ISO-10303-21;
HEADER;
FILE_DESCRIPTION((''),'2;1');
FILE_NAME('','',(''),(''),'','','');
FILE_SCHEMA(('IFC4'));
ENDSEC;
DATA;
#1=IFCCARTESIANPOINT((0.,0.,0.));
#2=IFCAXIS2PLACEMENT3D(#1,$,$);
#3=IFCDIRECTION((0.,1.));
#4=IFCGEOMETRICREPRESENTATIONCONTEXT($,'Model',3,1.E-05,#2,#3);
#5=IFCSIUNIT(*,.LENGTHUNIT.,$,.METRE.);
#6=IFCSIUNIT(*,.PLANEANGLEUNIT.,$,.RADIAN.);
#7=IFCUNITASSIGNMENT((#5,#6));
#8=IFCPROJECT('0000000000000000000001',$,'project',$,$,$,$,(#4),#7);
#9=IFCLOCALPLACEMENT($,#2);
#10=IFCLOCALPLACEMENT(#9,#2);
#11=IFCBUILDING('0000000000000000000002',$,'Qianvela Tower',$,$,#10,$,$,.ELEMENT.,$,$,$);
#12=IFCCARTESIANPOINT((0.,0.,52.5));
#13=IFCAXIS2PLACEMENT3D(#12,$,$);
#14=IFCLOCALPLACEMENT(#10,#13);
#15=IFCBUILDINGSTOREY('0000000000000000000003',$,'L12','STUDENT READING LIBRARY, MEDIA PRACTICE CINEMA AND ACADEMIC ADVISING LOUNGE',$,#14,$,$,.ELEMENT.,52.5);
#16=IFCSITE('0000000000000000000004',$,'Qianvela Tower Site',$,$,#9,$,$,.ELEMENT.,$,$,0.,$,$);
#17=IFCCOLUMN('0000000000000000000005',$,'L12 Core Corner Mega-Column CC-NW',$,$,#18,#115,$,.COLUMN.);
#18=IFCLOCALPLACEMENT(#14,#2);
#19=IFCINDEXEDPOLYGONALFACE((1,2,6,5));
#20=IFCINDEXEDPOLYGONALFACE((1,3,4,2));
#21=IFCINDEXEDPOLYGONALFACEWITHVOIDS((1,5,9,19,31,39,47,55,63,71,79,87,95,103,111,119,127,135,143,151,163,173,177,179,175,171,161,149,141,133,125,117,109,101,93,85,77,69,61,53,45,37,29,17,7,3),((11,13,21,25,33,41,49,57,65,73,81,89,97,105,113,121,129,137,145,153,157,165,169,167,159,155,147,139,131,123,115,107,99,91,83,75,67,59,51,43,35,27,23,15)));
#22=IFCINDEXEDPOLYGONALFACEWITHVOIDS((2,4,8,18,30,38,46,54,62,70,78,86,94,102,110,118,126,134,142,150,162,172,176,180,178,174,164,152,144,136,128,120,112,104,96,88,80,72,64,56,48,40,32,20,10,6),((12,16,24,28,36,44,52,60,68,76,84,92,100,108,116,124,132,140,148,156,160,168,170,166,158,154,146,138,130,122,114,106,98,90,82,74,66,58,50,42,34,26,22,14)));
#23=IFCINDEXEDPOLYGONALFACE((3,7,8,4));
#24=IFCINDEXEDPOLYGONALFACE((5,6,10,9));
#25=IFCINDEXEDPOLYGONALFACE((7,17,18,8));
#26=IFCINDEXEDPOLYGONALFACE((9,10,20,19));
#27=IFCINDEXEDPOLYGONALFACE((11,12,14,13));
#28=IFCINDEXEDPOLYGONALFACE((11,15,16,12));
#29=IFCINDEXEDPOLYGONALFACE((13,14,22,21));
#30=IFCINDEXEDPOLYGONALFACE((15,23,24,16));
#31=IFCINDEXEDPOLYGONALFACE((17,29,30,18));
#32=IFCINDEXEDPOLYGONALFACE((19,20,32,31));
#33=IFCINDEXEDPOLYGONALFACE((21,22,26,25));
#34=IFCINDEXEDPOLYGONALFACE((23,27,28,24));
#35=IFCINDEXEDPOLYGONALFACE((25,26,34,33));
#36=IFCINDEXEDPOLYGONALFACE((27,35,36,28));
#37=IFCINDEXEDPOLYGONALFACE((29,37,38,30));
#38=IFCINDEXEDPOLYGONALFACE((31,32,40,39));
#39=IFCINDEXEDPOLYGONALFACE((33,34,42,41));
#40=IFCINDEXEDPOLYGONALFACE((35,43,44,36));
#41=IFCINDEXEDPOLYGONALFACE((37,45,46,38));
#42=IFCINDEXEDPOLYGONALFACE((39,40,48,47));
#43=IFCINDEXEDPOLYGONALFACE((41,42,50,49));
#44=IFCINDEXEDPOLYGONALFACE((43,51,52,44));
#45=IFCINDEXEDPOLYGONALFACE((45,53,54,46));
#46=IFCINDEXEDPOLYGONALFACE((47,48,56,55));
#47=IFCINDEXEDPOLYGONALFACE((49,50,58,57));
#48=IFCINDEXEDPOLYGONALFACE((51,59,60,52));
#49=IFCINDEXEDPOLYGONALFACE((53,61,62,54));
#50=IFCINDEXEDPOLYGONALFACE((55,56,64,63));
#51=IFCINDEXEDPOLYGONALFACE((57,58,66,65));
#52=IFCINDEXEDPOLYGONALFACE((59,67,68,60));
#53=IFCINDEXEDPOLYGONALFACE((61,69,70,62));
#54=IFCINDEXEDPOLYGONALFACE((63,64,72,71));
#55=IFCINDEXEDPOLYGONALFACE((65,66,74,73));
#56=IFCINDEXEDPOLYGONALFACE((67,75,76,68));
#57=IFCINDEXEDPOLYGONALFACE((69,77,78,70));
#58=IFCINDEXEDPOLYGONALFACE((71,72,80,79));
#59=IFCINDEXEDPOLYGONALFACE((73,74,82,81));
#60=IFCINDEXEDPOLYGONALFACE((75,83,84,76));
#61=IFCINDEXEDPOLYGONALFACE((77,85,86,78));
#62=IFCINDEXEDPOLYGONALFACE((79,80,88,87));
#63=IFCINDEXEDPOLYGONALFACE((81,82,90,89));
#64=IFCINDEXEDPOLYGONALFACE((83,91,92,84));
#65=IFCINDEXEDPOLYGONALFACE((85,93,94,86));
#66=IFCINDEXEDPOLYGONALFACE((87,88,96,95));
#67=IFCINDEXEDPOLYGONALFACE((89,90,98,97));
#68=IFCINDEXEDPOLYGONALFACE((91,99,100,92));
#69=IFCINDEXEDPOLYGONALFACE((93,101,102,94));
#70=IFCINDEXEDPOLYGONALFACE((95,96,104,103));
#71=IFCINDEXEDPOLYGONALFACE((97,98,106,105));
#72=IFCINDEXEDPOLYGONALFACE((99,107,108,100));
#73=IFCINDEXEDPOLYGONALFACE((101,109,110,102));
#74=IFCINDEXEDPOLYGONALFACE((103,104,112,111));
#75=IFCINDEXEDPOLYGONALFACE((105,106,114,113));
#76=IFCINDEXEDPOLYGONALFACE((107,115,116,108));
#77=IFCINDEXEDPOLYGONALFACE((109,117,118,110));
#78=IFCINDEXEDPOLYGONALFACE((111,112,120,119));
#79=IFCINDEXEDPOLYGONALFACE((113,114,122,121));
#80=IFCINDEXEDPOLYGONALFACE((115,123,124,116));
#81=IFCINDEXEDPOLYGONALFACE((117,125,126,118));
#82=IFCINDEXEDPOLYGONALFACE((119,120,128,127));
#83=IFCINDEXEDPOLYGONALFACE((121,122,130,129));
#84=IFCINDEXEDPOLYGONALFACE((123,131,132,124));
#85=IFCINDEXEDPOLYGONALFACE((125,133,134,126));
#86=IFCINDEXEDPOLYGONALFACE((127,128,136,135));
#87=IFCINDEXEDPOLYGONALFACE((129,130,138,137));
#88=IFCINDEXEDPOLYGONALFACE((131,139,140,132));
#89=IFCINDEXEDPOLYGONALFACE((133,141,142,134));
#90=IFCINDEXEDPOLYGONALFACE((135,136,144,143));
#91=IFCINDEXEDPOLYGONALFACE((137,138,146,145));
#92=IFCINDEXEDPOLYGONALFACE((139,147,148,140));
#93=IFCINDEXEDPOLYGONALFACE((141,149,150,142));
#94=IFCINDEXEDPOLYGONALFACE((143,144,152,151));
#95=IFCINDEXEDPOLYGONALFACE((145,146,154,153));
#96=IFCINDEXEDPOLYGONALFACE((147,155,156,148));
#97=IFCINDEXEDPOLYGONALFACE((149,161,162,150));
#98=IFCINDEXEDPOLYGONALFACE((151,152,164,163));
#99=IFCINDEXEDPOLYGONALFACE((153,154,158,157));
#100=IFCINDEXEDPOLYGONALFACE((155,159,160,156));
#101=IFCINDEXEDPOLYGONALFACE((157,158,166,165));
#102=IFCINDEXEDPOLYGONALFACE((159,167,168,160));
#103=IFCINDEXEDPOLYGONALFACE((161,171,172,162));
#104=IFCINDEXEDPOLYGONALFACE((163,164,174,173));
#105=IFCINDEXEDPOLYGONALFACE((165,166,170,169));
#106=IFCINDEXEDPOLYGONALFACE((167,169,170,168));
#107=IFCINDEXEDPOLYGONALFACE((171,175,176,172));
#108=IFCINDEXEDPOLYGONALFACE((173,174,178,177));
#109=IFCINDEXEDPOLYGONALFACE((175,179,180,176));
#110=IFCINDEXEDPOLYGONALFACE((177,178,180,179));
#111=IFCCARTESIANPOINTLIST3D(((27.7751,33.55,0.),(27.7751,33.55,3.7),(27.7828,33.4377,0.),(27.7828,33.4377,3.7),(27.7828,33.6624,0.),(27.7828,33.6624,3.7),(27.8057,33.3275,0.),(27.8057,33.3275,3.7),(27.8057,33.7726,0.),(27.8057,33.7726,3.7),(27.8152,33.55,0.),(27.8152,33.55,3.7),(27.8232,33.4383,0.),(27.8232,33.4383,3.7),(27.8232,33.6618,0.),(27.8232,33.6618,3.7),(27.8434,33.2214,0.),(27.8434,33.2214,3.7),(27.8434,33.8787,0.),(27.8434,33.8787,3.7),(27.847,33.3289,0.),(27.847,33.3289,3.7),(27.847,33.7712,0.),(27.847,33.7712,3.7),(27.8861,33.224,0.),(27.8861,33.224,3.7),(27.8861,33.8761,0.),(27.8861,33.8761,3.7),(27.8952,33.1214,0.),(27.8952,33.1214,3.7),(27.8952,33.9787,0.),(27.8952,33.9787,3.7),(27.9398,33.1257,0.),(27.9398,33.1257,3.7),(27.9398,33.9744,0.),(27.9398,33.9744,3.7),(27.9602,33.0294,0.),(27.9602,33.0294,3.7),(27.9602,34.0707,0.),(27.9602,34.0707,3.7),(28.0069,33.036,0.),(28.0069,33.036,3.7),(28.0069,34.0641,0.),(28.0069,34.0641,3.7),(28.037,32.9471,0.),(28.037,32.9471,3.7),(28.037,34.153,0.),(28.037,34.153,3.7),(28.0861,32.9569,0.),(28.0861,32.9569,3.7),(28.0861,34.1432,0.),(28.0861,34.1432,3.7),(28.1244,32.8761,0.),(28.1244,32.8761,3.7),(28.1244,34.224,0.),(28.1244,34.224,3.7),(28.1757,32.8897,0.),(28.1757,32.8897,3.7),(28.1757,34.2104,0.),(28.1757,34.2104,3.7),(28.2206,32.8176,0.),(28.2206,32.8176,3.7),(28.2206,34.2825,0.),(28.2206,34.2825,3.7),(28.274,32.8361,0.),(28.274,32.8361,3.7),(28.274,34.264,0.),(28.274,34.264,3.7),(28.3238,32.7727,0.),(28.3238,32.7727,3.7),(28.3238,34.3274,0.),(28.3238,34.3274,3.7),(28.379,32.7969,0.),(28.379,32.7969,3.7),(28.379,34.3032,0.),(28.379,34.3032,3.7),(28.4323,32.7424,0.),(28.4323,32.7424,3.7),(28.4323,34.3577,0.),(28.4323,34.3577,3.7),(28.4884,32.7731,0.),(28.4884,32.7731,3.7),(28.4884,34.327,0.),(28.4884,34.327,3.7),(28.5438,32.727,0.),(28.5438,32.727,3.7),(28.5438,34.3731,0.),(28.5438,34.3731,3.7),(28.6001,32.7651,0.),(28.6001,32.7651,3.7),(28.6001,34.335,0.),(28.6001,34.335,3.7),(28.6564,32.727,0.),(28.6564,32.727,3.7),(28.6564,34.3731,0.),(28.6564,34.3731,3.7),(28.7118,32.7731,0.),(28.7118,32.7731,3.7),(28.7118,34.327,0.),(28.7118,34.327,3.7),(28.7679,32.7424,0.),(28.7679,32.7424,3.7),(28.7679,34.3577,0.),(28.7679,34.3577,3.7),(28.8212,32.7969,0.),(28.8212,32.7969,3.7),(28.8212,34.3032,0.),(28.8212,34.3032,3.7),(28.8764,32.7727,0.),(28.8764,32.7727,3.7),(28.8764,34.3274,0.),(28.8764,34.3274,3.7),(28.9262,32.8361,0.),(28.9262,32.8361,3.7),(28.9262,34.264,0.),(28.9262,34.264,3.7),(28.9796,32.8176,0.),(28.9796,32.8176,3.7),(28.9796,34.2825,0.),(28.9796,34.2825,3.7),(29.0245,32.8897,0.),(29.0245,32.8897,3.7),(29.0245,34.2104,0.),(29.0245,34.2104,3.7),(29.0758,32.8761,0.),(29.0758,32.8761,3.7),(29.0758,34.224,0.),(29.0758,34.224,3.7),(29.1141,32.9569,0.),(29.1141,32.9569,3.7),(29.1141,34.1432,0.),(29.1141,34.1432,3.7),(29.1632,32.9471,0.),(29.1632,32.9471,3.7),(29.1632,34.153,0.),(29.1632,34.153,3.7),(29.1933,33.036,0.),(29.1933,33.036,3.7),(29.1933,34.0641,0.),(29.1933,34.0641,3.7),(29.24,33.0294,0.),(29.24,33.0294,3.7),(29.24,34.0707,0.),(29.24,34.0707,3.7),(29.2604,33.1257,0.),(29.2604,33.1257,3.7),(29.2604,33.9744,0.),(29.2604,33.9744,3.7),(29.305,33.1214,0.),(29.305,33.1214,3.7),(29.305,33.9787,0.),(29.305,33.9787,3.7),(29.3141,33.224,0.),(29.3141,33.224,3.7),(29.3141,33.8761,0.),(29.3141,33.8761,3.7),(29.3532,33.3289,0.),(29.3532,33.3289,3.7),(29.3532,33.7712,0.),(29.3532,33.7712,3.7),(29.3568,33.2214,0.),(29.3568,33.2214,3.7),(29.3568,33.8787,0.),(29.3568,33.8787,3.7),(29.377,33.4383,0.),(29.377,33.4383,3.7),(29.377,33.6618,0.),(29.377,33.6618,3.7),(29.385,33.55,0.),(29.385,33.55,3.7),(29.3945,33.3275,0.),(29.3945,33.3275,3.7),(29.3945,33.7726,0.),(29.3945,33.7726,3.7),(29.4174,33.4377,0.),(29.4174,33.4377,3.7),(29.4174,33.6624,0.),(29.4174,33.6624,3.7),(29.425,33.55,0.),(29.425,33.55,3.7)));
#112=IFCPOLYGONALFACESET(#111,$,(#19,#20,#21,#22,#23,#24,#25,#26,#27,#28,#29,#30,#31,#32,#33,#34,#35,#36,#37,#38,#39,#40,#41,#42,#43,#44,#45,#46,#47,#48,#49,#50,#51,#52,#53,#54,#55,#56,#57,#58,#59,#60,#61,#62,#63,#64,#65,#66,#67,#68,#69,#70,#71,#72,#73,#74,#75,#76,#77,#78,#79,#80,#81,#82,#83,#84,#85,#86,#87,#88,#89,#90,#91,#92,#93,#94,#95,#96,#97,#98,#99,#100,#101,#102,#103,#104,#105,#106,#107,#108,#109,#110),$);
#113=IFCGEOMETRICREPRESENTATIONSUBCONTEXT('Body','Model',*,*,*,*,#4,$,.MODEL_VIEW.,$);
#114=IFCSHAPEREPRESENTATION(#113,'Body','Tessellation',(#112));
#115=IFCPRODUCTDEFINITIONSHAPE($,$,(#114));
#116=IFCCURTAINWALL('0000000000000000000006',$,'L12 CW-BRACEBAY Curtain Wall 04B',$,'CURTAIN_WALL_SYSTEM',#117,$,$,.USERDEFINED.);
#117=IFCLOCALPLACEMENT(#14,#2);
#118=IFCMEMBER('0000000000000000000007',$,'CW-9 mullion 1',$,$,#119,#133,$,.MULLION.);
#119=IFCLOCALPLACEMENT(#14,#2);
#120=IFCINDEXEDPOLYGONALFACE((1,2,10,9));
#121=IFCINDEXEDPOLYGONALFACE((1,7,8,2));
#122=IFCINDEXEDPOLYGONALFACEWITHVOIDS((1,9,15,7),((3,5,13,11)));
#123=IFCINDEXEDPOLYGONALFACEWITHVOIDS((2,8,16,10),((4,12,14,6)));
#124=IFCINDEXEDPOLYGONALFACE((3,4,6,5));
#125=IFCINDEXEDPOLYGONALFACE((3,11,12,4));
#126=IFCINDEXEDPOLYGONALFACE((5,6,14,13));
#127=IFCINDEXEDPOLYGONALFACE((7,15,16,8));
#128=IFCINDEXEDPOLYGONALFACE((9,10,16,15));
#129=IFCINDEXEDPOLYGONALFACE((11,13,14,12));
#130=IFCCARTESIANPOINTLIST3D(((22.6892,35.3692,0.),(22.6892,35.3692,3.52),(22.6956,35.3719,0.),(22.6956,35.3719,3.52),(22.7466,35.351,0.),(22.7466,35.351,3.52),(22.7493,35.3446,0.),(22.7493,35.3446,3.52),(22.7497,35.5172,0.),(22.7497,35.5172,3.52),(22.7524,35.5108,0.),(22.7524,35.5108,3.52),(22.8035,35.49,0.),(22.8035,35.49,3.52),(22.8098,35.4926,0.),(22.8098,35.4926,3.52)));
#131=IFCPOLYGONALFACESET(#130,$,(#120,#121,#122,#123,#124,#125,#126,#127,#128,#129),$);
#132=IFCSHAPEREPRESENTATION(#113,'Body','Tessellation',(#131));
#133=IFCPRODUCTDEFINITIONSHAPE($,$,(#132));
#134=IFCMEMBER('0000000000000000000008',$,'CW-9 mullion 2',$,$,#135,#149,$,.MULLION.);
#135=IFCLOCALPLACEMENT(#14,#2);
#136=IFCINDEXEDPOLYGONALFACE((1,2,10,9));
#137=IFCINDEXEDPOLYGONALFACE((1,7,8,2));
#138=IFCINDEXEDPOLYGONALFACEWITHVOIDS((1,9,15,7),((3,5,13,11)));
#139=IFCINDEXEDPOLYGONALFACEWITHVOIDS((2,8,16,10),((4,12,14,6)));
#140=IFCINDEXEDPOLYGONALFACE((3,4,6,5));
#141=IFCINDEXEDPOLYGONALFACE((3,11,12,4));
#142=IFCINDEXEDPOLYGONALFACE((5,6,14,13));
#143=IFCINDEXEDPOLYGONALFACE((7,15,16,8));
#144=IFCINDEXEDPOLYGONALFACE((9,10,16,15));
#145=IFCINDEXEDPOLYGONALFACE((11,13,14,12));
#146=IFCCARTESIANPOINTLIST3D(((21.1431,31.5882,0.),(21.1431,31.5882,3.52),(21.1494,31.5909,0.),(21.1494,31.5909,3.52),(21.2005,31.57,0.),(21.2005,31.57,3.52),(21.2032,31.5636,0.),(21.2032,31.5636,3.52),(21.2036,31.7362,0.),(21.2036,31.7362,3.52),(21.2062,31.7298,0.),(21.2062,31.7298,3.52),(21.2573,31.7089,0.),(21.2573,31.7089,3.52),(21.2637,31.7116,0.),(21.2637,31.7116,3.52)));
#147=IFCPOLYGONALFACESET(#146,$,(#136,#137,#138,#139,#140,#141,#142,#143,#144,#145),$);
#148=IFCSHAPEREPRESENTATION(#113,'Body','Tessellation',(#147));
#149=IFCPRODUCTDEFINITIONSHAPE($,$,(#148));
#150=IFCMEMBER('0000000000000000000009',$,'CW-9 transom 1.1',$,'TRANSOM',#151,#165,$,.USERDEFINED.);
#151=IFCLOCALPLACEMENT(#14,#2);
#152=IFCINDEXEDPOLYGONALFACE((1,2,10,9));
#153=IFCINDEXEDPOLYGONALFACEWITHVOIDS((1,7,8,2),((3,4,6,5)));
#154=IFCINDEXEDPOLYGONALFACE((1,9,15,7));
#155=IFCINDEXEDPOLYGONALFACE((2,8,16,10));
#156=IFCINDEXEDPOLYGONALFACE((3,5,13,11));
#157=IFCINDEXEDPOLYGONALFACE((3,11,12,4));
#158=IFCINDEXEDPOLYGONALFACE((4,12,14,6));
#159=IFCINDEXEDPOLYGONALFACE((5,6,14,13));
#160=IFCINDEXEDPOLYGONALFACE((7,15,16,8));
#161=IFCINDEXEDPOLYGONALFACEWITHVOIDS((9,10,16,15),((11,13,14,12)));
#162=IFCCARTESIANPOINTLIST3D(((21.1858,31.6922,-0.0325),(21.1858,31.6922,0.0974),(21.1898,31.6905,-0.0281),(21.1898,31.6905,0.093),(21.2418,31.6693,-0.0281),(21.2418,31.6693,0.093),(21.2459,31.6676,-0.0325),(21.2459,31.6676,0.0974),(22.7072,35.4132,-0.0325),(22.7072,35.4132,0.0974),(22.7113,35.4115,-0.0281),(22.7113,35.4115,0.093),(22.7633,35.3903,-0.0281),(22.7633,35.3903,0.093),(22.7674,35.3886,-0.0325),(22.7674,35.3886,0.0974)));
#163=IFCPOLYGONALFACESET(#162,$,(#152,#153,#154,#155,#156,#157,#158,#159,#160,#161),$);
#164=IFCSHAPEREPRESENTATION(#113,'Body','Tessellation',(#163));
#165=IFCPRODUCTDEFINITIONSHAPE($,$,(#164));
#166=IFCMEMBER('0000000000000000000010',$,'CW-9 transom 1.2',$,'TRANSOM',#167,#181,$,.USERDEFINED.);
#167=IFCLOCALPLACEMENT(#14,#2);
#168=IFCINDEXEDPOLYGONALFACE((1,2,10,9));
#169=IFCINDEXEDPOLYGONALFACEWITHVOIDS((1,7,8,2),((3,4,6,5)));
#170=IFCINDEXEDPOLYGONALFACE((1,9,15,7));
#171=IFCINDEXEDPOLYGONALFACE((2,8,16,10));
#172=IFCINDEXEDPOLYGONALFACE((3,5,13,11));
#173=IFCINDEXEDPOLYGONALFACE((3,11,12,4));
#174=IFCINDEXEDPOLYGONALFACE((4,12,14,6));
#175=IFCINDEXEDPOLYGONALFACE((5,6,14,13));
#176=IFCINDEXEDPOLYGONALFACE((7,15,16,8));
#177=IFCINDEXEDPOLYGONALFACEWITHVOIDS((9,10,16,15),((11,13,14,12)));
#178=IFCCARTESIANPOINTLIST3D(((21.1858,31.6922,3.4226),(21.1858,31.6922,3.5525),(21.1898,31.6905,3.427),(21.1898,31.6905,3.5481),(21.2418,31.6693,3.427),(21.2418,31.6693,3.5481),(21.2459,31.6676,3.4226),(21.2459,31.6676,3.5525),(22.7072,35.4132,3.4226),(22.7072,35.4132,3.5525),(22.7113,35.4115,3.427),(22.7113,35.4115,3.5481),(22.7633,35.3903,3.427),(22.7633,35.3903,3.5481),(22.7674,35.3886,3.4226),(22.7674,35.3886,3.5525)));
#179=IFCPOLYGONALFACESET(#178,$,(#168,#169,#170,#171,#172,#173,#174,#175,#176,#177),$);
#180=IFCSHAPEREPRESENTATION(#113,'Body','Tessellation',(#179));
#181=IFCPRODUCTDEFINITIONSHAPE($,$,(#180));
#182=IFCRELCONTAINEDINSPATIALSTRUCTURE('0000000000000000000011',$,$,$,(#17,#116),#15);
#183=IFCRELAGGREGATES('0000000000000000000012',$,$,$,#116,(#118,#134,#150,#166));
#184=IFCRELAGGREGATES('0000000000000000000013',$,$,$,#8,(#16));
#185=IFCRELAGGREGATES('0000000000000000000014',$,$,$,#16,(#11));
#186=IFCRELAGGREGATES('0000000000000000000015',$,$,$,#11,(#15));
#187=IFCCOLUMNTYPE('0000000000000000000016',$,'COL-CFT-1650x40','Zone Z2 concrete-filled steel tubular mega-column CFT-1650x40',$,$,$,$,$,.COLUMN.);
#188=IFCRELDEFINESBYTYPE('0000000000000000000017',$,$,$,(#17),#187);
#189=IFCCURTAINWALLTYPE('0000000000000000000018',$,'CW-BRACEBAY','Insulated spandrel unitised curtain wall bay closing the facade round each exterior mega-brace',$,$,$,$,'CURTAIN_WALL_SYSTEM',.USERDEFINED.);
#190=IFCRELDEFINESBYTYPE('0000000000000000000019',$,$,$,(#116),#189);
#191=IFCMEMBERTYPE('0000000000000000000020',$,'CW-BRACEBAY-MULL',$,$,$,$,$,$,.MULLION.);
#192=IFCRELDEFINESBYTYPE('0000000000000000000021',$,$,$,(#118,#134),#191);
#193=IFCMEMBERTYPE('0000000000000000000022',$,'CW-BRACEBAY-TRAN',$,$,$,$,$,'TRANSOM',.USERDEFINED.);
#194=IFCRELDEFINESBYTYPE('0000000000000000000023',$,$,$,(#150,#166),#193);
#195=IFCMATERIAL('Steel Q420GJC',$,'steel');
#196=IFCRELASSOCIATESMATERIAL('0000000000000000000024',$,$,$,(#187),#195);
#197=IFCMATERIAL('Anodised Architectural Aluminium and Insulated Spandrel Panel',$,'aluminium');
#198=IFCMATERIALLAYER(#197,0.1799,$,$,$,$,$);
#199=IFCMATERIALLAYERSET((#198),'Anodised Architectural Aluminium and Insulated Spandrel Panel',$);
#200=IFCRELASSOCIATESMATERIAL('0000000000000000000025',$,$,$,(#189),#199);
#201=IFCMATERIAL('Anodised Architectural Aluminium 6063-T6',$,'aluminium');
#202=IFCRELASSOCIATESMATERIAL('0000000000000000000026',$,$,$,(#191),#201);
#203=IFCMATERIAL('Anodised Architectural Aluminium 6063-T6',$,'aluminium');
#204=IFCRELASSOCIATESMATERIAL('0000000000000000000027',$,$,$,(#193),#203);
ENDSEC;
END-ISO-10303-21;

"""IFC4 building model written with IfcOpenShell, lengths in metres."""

from ifc_helpers import new_model, si_unit, direction, frame, origin, origin_2d, place, context, subcontext, project, spatial, hollow_rectangle, hollow_circle, extrude, material, layer, layer_set, material_profile, profile_set, type_object, element, aggregate, save


model = new_model("IFC4")

# Units and contexts
model_context = context("Model", 3, precision=1e-05, world=origin(), true_north=direction((0.0, 1.0)))
body_context = subcontext(model_context, "Body", "Model", "MODEL_VIEW")
ifc_project = project(units=[si_unit("LENGTHUNIT", "METRE"), si_unit("PLANEANGLEUNIT", "RADIAN")], contexts=[model_context])

# Site, building, storey
site_placement = place(None, origin())
site = spatial("IfcSite", under=ifc_project, at=site_placement, Name="Qianvela Tower Site", CompositionType="ELEMENT", RefElevation=0.0)
building_placement = place(site_placement, origin())
building = spatial("IfcBuilding", under=site, at=building_placement, Name="Qianvela Tower", CompositionType="ELEMENT")
storey_placement = place(building_placement, frame((0.0, 0.0, 52.5)))
storey = spatial("IfcBuildingStorey", under=building, at=storey_placement, Name="L12", Description="STUDENT READING LIBRARY, MEDIA PRACTICE CINEMA AND ACADEMIC ADVISING LOUNGE", CompositionType="ELEMENT", Elevation=52.5)

# Column
ifc_material_1 = material(Name="Steel Q420GJC", Category="steel")
ifc_material_profile_1 = material_profile(ifc_material_1, hollow_circle(Radius=0.825, WallThickness=0.04, at=origin_2d()), Name="CFT-1650x40")
ifc_profile_set_1 = profile_set([ifc_material_profile_1], Name="Steel Q420GJC")
column_type = type_object("IfcColumnType", Name="COL-CFT-1650x40", Description="Zone Z2 concrete-filled steel tubular mega-column CFT-1650x40", PredefinedType="COLUMN", material=ifc_profile_set_1)
column_placement = place(storey_placement, frame((28.6001, 33.55, 0.0), z_axis=(0.0, 0.0, 1.0), x_axis=(1.0, 0.0, 0.0)))
element("IfcColumn", 1, at=column_placement, inside=storey, type_object=column_type, Name="L12 Core Corner Mega-Column CC-NW", PredefinedType="COLUMN", context=body_context, shape_type="SweptSolid", body=[
    extrude(hollow_circle(Radius=0.825, WallThickness=0.04, at=origin_2d()), origin(), (0.0, 0.0, 1.0), 3.7),
])

# Curtain wall, members
ifc_material_2 = material(Name="Anodised Architectural Aluminium and Insulated Spandrel Panel", Category="aluminium")
ifc_layer_1 = layer(ifc_material_2, 0.1799)
ifc_layer_set_1 = layer_set([ifc_layer_1], Name="Anodised Architectural Aluminium and Insulated Spandrel Panel")
curtain_wall_type_1 = type_object("IfcCurtainWallType", Name="CW-BRACEBAY", Description="Insulated spandrel unitised curtain wall bay closing the facade round each exterior mega-brace", ElementType="CURTAIN_WALL_SYSTEM", PredefinedType="USERDEFINED", material=ifc_layer_set_1)
curtain_wall_1_placement = place(storey_placement, origin())
curtain_wall_1 = element("IfcCurtainWall", 2, at=curtain_wall_1_placement, inside=storey, type_object=curtain_wall_type_1, Name="L12 CW-BRACEBAY Curtain Wall 04B", ObjectType="CURTAIN_WALL_SYSTEM", PredefinedType="USERDEFINED")
ifc_material_3 = material(Name="Anodised Architectural Aluminium 6063-T6", Category="aluminium")
ifc_material_profile_2 = material_profile(ifc_material_3, hollow_rectangle(XDim=0.0649, YDim=0.1599, WallThickness=0.0049, at=origin_2d()), Name="ALU-MULL-65x160")
ifc_profile_set_2 = profile_set([ifc_material_profile_2], Name="Anodised Architectural Aluminium 6063-T6")
member_type_1 = type_object("IfcMemberType", Name="CW-BRACEBAY-MULL", PredefinedType="MULLION", material=ifc_profile_set_2)
member_1_placement = place(storey_placement, frame((22.7495, 35.4309, 0.0), z_axis=(0.0, 0.0, 1.0), x_axis=(0.925606, -0.378488, 0.0)))
member_1 = element("IfcMember", 3, at=member_1_placement, type_object=member_type_1, Name="CW-9 mullion 1", PredefinedType="MULLION", context=body_context, shape_type="SweptSolid", body=[
    extrude(hollow_rectangle(XDim=0.0649, YDim=0.1599, WallThickness=0.0049, at=origin_2d()), origin(), (0.0, 0.0, 1.0), 3.52),
])
member_2_placement = place(storey_placement, frame((21.2034, 31.6499, 0.0), z_axis=(0.0, 0.0, 1.0), x_axis=(0.925606, -0.378488, 0.0)))
member_2 = element("IfcMember", 4, at=member_2_placement, type_object=member_type_1, Name="CW-9 mullion 2", PredefinedType="MULLION", context=body_context, shape_type="SweptSolid", body=[
    extrude(hollow_rectangle(XDim=0.0649, YDim=0.1599, WallThickness=0.0049, at=origin_2d()), origin(), (0.0, 0.0, 1.0), 3.52),
])
ifc_material_4 = material(Name="Anodised Architectural Aluminium 6063-T6", Category="aluminium")
ifc_material_profile_3 = material_profile(ifc_material_4, hollow_rectangle(XDim=0.0649, YDim=0.1299, WallThickness=0.0044, at=origin_2d()), Name="ALU-TRAN-65x130")
ifc_profile_set_3 = profile_set([ifc_material_profile_3], Name="Anodised Architectural Aluminium 6063-T6")
member_type_2 = type_object("IfcMemberType", Name="CW-BRACEBAY-TRAN", ElementType="TRANSOM", PredefinedType="USERDEFINED", material=ifc_profile_set_3)
member_3_placement = place(storey_placement, frame((22.7373, 35.4009, 0.0325), z_axis=(-0.378479, -0.92561, 0.0), x_axis=(0.92561, -0.378479, 0.0)))
member_3 = element("IfcMember", 5, at=member_3_placement, type_object=member_type_2, Name="CW-9 transom 1.1", ObjectType="TRANSOM", PredefinedType="USERDEFINED", context=body_context, shape_type="SweptSolid", body=[
    extrude(hollow_rectangle(XDim=0.0649, YDim=0.1299, WallThickness=0.0044, at=origin_2d()), origin(), (0.0, 0.0, 1.0), 4.02),
])
member_4_placement = place(storey_placement, frame((22.7373, 35.4009, 3.4875), z_axis=(-0.378479, -0.92561, 0.0), x_axis=(0.92561, -0.378479, 0.0)))
member_4 = element("IfcMember", 6, at=member_4_placement, type_object=member_type_2, Name="CW-9 transom 1.2", ObjectType="TRANSOM", PredefinedType="USERDEFINED", context=body_context, shape_type="SweptSolid", body=[
    extrude(hollow_rectangle(XDim=0.0649, YDim=0.1299, WallThickness=0.0044, at=origin_2d()), origin(), (0.0, 0.0, 1.0), 4.02),
])

aggregate(curtain_wall_1, [member_1, member_2, member_3, member_4])

save(model, "model.ifc")
